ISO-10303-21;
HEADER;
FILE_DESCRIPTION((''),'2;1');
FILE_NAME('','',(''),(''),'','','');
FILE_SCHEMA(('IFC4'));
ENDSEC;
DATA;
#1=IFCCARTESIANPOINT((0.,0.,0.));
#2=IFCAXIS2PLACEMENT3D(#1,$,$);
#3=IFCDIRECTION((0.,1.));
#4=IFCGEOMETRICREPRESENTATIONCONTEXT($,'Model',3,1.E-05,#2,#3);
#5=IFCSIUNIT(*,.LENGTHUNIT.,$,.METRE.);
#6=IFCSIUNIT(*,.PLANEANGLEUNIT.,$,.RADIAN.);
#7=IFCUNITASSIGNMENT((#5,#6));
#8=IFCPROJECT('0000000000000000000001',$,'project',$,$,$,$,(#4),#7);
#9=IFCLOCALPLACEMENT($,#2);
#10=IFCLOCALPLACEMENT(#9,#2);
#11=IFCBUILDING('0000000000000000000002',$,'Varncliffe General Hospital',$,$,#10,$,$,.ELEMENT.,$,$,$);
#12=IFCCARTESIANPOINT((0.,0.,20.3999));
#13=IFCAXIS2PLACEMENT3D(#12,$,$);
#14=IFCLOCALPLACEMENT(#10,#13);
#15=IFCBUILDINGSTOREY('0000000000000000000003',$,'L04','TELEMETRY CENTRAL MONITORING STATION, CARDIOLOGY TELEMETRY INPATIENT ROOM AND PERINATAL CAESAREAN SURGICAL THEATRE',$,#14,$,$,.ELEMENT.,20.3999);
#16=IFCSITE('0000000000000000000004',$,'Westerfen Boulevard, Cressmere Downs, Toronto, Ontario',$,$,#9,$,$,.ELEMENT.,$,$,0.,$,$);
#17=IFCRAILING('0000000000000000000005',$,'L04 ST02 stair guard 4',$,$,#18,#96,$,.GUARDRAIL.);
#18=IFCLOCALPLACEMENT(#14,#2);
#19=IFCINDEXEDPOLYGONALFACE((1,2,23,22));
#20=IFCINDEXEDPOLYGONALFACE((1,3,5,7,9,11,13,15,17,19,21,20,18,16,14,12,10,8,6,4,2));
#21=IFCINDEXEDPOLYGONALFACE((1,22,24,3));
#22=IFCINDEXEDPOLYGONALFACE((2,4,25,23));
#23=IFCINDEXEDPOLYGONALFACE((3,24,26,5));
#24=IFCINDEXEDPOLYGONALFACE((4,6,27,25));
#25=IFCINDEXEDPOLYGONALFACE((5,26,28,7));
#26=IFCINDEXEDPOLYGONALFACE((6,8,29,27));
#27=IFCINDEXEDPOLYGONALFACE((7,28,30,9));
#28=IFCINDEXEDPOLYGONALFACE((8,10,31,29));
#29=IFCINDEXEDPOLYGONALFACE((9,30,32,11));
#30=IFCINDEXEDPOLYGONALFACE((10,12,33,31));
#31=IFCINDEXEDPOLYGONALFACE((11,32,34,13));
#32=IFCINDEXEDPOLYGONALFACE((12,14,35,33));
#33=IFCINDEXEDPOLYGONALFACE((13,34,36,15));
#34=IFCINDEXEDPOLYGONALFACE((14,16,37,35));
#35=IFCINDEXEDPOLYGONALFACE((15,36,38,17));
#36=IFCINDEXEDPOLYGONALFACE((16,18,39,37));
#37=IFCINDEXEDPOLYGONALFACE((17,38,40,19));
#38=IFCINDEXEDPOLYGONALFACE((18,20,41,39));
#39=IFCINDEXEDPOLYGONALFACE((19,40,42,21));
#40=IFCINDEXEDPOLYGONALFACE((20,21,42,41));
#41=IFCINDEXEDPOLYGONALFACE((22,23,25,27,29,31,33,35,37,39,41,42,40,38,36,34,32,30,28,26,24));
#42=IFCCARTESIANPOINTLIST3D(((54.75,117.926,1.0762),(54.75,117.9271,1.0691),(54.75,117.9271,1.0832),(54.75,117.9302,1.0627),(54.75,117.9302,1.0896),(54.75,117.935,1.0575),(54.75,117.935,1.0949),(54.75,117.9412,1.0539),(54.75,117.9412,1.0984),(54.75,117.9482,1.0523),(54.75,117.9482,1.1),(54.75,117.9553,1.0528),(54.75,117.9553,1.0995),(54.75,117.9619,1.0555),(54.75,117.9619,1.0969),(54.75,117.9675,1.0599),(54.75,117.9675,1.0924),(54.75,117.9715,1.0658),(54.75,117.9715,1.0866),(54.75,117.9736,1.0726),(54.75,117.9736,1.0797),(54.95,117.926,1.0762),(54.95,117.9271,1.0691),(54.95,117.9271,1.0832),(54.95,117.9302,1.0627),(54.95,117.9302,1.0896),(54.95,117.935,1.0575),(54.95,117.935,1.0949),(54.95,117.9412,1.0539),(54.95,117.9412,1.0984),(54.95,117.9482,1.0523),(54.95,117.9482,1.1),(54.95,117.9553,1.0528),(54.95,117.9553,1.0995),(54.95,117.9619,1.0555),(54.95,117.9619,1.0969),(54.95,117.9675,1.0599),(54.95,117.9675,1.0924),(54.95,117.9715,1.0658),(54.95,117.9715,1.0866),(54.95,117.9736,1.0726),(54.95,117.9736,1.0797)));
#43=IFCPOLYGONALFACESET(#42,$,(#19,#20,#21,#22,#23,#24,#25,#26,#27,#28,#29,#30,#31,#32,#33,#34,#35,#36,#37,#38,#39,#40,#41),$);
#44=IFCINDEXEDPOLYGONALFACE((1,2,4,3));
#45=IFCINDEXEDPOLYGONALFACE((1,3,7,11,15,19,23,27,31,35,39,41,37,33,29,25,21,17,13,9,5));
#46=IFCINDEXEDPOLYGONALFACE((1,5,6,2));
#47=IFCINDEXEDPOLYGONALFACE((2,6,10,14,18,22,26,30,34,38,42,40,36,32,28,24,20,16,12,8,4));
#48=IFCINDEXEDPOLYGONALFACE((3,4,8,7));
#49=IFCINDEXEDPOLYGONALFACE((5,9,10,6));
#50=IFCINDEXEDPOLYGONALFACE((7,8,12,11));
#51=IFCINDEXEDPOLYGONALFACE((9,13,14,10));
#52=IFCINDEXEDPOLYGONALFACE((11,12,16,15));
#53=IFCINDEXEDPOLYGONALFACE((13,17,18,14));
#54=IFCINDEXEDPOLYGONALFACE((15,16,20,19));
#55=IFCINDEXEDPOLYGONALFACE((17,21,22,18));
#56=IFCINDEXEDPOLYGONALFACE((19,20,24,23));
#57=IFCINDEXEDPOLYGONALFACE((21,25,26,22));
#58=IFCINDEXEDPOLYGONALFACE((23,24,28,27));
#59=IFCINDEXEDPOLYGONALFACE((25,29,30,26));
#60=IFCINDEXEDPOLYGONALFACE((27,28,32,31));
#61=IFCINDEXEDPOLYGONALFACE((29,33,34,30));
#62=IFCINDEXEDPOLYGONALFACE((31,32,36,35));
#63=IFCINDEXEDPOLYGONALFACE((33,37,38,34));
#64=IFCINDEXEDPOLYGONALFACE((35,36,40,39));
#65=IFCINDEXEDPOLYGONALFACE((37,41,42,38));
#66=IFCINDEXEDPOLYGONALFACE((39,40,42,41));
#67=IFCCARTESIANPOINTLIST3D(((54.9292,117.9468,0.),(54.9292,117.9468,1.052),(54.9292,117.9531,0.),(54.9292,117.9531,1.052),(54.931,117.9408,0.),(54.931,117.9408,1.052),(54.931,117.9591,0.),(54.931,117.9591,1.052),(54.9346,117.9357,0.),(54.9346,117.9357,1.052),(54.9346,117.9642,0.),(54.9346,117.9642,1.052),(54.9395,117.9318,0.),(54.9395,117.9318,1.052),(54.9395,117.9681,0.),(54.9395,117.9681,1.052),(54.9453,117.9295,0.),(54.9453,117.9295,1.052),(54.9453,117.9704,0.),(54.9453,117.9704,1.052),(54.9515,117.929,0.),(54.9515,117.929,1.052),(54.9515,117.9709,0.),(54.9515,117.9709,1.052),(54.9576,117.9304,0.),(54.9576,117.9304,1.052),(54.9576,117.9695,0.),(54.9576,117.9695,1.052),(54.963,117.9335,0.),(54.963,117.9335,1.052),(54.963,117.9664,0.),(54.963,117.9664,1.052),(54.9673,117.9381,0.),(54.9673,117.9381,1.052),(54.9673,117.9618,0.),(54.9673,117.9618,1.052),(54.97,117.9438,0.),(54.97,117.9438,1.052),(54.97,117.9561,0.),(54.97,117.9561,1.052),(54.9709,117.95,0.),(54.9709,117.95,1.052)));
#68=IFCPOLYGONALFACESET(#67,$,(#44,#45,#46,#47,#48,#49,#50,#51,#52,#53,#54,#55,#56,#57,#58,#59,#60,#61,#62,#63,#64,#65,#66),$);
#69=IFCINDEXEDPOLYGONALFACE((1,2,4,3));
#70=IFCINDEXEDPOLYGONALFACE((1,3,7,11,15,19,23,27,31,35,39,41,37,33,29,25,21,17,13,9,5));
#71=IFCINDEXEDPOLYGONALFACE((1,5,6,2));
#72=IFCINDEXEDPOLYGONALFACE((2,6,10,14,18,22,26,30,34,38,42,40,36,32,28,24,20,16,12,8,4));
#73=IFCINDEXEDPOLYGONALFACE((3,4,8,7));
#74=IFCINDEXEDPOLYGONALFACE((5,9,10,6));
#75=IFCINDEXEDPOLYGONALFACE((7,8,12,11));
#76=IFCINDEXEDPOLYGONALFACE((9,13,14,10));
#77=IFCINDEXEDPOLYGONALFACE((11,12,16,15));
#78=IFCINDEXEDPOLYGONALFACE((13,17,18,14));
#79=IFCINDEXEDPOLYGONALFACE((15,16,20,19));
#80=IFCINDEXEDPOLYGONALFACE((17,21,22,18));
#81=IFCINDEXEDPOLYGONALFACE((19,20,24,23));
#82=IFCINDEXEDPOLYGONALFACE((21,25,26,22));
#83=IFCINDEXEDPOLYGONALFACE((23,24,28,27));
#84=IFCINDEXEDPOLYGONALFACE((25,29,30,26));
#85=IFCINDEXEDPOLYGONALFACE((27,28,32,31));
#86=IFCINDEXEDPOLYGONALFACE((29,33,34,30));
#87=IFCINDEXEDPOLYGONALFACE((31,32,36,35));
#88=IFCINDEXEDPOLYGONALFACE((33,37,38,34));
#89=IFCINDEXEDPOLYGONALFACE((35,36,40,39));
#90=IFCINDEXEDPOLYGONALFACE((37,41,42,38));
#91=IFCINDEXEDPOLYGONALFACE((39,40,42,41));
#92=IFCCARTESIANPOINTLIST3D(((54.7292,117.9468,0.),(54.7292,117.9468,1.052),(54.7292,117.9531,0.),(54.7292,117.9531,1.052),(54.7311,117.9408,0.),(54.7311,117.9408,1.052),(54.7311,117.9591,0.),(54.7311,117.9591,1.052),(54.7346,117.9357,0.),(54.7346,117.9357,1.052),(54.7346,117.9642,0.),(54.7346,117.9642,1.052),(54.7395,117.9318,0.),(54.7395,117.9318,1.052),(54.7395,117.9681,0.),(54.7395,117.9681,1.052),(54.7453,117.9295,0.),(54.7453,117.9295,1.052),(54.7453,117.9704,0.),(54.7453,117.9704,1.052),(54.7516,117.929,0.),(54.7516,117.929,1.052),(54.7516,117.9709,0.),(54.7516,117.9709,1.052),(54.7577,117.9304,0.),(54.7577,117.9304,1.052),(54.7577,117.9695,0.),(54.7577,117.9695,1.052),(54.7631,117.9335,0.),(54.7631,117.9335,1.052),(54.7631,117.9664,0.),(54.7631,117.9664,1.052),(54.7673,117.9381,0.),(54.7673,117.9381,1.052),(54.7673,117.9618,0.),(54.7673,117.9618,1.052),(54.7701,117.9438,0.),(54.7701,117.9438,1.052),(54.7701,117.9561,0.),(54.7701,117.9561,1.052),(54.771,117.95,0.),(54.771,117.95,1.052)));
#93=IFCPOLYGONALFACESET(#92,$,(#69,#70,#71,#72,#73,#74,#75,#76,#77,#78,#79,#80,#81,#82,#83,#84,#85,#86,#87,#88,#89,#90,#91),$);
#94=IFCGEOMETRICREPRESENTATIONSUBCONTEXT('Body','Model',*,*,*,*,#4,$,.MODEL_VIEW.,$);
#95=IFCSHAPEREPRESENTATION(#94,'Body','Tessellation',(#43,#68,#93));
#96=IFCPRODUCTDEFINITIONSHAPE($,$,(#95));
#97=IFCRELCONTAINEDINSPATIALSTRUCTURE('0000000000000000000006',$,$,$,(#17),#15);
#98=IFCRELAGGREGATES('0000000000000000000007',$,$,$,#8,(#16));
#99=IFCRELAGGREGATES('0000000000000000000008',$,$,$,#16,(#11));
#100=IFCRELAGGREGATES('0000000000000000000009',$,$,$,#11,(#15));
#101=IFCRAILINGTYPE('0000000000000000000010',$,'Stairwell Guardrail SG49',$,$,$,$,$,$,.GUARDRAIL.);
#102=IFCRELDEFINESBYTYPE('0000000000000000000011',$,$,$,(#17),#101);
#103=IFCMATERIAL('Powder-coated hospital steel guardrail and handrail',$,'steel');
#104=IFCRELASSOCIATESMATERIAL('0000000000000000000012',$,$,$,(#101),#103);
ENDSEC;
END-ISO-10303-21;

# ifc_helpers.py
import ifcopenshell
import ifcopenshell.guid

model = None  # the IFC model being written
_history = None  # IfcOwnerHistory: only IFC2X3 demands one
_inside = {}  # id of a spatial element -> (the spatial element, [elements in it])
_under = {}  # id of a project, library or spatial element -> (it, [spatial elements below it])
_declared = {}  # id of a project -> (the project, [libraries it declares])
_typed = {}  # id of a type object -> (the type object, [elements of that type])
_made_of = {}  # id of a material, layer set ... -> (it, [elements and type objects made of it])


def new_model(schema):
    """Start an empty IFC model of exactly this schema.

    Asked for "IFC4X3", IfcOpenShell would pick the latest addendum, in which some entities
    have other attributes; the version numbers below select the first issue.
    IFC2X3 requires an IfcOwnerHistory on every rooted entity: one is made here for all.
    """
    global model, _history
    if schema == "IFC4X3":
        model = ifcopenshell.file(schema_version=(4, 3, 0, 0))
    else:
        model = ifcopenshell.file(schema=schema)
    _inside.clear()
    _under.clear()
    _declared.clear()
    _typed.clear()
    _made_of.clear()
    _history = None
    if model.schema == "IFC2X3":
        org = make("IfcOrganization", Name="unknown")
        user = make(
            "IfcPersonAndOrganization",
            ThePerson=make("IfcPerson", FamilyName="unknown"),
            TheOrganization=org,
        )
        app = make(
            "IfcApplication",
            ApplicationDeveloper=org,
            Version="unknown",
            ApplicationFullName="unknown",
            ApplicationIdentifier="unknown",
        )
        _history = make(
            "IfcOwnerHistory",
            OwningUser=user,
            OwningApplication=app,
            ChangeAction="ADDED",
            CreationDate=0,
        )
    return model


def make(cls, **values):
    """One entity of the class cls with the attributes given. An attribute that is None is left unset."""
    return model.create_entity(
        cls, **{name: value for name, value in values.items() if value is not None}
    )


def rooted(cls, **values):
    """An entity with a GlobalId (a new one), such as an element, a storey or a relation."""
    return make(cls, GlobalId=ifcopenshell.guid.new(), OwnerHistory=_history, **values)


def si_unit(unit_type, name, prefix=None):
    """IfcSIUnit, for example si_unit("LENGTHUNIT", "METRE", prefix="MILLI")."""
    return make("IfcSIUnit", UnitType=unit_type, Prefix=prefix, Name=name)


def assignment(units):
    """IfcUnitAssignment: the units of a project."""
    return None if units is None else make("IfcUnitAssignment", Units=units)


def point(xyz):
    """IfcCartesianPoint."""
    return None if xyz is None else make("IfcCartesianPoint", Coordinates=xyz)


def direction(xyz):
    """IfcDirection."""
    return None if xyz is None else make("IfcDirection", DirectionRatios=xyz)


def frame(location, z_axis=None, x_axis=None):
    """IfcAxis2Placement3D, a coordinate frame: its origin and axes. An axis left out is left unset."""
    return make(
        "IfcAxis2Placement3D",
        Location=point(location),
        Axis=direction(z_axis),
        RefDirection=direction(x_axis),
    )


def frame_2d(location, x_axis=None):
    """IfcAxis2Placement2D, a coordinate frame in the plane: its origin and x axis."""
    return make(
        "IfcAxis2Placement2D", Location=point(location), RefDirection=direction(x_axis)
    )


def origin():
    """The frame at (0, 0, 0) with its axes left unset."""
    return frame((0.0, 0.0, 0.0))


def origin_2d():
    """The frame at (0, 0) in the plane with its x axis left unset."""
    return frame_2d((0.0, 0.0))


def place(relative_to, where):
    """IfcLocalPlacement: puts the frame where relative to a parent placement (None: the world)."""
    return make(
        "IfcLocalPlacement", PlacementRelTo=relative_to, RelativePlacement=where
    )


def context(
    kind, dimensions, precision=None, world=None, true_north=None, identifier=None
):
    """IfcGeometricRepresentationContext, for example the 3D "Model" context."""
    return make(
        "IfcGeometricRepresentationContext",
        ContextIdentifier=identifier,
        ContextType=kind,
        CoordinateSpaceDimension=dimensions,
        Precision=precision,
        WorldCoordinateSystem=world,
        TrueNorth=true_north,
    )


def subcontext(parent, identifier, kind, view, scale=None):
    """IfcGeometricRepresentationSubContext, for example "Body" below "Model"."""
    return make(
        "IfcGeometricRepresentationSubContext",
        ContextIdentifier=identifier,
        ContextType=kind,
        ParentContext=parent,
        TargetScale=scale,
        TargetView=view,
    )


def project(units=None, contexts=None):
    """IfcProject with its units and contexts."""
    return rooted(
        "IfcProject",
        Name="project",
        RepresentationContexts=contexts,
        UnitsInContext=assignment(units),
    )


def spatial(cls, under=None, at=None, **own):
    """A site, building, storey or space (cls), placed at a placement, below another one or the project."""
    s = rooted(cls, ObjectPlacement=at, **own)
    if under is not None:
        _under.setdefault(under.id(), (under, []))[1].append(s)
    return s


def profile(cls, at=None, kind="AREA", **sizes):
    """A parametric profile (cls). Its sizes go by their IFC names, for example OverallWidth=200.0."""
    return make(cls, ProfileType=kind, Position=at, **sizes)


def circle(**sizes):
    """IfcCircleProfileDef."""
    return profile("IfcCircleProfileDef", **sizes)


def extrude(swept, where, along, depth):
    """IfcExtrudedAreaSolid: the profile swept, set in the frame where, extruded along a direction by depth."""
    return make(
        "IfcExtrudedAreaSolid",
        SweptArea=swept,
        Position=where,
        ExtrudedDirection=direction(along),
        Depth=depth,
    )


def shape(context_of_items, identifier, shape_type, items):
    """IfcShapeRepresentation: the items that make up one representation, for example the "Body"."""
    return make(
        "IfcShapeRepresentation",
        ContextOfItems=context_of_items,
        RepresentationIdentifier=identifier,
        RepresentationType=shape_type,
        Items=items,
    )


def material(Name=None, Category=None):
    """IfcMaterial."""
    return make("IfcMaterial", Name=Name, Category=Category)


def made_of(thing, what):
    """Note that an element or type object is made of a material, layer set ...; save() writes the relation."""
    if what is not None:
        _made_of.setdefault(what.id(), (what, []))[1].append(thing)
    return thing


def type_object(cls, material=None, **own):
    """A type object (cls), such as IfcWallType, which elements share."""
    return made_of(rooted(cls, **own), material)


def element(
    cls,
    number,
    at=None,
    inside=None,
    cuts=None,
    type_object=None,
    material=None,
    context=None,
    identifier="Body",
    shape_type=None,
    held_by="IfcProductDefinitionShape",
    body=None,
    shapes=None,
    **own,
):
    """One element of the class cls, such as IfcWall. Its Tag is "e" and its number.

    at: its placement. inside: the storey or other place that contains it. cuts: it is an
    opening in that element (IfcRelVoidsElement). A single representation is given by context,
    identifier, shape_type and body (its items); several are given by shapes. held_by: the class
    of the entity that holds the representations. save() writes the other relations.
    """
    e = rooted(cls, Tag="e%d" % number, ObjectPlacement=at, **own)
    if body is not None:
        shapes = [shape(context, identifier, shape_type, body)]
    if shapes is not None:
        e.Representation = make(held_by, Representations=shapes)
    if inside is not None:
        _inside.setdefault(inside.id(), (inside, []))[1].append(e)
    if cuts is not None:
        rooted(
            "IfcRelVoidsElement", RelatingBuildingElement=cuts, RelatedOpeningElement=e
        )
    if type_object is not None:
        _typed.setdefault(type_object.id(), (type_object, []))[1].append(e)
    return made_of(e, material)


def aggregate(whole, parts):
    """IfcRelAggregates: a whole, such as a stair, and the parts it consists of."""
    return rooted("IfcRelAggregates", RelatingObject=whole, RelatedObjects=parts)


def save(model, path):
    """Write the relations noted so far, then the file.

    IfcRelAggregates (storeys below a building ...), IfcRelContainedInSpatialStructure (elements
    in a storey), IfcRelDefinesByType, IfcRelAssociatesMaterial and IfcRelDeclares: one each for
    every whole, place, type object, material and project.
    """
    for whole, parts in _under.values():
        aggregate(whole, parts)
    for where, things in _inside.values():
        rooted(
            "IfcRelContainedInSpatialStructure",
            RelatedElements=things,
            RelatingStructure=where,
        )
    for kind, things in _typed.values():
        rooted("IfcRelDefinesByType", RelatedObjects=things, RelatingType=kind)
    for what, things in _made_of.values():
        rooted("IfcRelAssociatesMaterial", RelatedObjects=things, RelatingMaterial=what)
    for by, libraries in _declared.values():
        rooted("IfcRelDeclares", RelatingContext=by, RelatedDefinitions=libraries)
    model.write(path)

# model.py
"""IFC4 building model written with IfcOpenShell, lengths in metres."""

from ifc_helpers import new_model, si_unit, direction, frame, origin, origin_2d, place, context, subcontext, project, spatial, circle, extrude, material, type_object, element, save


model = new_model("IFC4")

# Units and contexts
model_context = context("Model", 3, precision=1e-05, world=origin(), true_north=direction((0.0, 1.0)))
body_context = subcontext(model_context, "Body", "Model", "MODEL_VIEW")
ifc_project = project(units=[si_unit("LENGTHUNIT", "METRE"), si_unit("PLANEANGLEUNIT", "RADIAN")], contexts=[model_context])

# Site, building, storey
site_placement = place(None, origin())
site = spatial("IfcSite", under=ifc_project, at=site_placement, Name="Westerfen Boulevard, Cressmere Downs, Toronto, Ontario", CompositionType="ELEMENT", RefElevation=0.0)
building_placement = place(site_placement, origin())
building = spatial("IfcBuilding", under=site, at=building_placement, Name="Varncliffe General Hospital", CompositionType="ELEMENT")
storey_placement = place(building_placement, frame((0.0, 0.0, 20.3999)))
storey = spatial("IfcBuildingStorey", under=building, at=storey_placement, Name="L04", Description="TELEMETRY CENTRAL MONITORING STATION, CARDIOLOGY TELEMETRY INPATIENT ROOM AND PERINATAL CAESAREAN SURGICAL THEATRE", CompositionType="ELEMENT", Elevation=20.3999)

# Railing
ifc_material_1 = material(Name="Powder-coated hospital steel guardrail and handrail", Category="steel")
railing_type_1 = type_object("IfcRailingType", Name="Stairwell Guardrail SG49", PredefinedType="GUARDRAIL", material=ifc_material_1)
railing_1_placement = place(storey_placement, frame((54.95, 117.95, 0.0)))
element("IfcRailing", 1, at=railing_1_placement, inside=storey, type_object=railing_type_1, Name="L04 ST02 stair guard 4", PredefinedType="GUARDRAIL", context=body_context, shape_type="SweptSolid", body=[
    extrude(circle(Radius=0.0239, at=origin_2d()), frame((0.0, 0.0, 1.0762), z_axis=(-1.0, 0.0, 0.0), x_axis=(0.0, -1.0, 0.0)), (0.0, 0.0, 1.0), 0.2),
    extrude(circle(Radius=0.021, at=origin_2d()), origin(), (0.0, 0.0, 1.0), 1.052),
    extrude(circle(Radius=0.021, at=origin_2d()), frame((-0.2, 0.0, 0.0)), (0.0, 0.0, 1.0), 1.052),
])

save(model, "model.ifc")
